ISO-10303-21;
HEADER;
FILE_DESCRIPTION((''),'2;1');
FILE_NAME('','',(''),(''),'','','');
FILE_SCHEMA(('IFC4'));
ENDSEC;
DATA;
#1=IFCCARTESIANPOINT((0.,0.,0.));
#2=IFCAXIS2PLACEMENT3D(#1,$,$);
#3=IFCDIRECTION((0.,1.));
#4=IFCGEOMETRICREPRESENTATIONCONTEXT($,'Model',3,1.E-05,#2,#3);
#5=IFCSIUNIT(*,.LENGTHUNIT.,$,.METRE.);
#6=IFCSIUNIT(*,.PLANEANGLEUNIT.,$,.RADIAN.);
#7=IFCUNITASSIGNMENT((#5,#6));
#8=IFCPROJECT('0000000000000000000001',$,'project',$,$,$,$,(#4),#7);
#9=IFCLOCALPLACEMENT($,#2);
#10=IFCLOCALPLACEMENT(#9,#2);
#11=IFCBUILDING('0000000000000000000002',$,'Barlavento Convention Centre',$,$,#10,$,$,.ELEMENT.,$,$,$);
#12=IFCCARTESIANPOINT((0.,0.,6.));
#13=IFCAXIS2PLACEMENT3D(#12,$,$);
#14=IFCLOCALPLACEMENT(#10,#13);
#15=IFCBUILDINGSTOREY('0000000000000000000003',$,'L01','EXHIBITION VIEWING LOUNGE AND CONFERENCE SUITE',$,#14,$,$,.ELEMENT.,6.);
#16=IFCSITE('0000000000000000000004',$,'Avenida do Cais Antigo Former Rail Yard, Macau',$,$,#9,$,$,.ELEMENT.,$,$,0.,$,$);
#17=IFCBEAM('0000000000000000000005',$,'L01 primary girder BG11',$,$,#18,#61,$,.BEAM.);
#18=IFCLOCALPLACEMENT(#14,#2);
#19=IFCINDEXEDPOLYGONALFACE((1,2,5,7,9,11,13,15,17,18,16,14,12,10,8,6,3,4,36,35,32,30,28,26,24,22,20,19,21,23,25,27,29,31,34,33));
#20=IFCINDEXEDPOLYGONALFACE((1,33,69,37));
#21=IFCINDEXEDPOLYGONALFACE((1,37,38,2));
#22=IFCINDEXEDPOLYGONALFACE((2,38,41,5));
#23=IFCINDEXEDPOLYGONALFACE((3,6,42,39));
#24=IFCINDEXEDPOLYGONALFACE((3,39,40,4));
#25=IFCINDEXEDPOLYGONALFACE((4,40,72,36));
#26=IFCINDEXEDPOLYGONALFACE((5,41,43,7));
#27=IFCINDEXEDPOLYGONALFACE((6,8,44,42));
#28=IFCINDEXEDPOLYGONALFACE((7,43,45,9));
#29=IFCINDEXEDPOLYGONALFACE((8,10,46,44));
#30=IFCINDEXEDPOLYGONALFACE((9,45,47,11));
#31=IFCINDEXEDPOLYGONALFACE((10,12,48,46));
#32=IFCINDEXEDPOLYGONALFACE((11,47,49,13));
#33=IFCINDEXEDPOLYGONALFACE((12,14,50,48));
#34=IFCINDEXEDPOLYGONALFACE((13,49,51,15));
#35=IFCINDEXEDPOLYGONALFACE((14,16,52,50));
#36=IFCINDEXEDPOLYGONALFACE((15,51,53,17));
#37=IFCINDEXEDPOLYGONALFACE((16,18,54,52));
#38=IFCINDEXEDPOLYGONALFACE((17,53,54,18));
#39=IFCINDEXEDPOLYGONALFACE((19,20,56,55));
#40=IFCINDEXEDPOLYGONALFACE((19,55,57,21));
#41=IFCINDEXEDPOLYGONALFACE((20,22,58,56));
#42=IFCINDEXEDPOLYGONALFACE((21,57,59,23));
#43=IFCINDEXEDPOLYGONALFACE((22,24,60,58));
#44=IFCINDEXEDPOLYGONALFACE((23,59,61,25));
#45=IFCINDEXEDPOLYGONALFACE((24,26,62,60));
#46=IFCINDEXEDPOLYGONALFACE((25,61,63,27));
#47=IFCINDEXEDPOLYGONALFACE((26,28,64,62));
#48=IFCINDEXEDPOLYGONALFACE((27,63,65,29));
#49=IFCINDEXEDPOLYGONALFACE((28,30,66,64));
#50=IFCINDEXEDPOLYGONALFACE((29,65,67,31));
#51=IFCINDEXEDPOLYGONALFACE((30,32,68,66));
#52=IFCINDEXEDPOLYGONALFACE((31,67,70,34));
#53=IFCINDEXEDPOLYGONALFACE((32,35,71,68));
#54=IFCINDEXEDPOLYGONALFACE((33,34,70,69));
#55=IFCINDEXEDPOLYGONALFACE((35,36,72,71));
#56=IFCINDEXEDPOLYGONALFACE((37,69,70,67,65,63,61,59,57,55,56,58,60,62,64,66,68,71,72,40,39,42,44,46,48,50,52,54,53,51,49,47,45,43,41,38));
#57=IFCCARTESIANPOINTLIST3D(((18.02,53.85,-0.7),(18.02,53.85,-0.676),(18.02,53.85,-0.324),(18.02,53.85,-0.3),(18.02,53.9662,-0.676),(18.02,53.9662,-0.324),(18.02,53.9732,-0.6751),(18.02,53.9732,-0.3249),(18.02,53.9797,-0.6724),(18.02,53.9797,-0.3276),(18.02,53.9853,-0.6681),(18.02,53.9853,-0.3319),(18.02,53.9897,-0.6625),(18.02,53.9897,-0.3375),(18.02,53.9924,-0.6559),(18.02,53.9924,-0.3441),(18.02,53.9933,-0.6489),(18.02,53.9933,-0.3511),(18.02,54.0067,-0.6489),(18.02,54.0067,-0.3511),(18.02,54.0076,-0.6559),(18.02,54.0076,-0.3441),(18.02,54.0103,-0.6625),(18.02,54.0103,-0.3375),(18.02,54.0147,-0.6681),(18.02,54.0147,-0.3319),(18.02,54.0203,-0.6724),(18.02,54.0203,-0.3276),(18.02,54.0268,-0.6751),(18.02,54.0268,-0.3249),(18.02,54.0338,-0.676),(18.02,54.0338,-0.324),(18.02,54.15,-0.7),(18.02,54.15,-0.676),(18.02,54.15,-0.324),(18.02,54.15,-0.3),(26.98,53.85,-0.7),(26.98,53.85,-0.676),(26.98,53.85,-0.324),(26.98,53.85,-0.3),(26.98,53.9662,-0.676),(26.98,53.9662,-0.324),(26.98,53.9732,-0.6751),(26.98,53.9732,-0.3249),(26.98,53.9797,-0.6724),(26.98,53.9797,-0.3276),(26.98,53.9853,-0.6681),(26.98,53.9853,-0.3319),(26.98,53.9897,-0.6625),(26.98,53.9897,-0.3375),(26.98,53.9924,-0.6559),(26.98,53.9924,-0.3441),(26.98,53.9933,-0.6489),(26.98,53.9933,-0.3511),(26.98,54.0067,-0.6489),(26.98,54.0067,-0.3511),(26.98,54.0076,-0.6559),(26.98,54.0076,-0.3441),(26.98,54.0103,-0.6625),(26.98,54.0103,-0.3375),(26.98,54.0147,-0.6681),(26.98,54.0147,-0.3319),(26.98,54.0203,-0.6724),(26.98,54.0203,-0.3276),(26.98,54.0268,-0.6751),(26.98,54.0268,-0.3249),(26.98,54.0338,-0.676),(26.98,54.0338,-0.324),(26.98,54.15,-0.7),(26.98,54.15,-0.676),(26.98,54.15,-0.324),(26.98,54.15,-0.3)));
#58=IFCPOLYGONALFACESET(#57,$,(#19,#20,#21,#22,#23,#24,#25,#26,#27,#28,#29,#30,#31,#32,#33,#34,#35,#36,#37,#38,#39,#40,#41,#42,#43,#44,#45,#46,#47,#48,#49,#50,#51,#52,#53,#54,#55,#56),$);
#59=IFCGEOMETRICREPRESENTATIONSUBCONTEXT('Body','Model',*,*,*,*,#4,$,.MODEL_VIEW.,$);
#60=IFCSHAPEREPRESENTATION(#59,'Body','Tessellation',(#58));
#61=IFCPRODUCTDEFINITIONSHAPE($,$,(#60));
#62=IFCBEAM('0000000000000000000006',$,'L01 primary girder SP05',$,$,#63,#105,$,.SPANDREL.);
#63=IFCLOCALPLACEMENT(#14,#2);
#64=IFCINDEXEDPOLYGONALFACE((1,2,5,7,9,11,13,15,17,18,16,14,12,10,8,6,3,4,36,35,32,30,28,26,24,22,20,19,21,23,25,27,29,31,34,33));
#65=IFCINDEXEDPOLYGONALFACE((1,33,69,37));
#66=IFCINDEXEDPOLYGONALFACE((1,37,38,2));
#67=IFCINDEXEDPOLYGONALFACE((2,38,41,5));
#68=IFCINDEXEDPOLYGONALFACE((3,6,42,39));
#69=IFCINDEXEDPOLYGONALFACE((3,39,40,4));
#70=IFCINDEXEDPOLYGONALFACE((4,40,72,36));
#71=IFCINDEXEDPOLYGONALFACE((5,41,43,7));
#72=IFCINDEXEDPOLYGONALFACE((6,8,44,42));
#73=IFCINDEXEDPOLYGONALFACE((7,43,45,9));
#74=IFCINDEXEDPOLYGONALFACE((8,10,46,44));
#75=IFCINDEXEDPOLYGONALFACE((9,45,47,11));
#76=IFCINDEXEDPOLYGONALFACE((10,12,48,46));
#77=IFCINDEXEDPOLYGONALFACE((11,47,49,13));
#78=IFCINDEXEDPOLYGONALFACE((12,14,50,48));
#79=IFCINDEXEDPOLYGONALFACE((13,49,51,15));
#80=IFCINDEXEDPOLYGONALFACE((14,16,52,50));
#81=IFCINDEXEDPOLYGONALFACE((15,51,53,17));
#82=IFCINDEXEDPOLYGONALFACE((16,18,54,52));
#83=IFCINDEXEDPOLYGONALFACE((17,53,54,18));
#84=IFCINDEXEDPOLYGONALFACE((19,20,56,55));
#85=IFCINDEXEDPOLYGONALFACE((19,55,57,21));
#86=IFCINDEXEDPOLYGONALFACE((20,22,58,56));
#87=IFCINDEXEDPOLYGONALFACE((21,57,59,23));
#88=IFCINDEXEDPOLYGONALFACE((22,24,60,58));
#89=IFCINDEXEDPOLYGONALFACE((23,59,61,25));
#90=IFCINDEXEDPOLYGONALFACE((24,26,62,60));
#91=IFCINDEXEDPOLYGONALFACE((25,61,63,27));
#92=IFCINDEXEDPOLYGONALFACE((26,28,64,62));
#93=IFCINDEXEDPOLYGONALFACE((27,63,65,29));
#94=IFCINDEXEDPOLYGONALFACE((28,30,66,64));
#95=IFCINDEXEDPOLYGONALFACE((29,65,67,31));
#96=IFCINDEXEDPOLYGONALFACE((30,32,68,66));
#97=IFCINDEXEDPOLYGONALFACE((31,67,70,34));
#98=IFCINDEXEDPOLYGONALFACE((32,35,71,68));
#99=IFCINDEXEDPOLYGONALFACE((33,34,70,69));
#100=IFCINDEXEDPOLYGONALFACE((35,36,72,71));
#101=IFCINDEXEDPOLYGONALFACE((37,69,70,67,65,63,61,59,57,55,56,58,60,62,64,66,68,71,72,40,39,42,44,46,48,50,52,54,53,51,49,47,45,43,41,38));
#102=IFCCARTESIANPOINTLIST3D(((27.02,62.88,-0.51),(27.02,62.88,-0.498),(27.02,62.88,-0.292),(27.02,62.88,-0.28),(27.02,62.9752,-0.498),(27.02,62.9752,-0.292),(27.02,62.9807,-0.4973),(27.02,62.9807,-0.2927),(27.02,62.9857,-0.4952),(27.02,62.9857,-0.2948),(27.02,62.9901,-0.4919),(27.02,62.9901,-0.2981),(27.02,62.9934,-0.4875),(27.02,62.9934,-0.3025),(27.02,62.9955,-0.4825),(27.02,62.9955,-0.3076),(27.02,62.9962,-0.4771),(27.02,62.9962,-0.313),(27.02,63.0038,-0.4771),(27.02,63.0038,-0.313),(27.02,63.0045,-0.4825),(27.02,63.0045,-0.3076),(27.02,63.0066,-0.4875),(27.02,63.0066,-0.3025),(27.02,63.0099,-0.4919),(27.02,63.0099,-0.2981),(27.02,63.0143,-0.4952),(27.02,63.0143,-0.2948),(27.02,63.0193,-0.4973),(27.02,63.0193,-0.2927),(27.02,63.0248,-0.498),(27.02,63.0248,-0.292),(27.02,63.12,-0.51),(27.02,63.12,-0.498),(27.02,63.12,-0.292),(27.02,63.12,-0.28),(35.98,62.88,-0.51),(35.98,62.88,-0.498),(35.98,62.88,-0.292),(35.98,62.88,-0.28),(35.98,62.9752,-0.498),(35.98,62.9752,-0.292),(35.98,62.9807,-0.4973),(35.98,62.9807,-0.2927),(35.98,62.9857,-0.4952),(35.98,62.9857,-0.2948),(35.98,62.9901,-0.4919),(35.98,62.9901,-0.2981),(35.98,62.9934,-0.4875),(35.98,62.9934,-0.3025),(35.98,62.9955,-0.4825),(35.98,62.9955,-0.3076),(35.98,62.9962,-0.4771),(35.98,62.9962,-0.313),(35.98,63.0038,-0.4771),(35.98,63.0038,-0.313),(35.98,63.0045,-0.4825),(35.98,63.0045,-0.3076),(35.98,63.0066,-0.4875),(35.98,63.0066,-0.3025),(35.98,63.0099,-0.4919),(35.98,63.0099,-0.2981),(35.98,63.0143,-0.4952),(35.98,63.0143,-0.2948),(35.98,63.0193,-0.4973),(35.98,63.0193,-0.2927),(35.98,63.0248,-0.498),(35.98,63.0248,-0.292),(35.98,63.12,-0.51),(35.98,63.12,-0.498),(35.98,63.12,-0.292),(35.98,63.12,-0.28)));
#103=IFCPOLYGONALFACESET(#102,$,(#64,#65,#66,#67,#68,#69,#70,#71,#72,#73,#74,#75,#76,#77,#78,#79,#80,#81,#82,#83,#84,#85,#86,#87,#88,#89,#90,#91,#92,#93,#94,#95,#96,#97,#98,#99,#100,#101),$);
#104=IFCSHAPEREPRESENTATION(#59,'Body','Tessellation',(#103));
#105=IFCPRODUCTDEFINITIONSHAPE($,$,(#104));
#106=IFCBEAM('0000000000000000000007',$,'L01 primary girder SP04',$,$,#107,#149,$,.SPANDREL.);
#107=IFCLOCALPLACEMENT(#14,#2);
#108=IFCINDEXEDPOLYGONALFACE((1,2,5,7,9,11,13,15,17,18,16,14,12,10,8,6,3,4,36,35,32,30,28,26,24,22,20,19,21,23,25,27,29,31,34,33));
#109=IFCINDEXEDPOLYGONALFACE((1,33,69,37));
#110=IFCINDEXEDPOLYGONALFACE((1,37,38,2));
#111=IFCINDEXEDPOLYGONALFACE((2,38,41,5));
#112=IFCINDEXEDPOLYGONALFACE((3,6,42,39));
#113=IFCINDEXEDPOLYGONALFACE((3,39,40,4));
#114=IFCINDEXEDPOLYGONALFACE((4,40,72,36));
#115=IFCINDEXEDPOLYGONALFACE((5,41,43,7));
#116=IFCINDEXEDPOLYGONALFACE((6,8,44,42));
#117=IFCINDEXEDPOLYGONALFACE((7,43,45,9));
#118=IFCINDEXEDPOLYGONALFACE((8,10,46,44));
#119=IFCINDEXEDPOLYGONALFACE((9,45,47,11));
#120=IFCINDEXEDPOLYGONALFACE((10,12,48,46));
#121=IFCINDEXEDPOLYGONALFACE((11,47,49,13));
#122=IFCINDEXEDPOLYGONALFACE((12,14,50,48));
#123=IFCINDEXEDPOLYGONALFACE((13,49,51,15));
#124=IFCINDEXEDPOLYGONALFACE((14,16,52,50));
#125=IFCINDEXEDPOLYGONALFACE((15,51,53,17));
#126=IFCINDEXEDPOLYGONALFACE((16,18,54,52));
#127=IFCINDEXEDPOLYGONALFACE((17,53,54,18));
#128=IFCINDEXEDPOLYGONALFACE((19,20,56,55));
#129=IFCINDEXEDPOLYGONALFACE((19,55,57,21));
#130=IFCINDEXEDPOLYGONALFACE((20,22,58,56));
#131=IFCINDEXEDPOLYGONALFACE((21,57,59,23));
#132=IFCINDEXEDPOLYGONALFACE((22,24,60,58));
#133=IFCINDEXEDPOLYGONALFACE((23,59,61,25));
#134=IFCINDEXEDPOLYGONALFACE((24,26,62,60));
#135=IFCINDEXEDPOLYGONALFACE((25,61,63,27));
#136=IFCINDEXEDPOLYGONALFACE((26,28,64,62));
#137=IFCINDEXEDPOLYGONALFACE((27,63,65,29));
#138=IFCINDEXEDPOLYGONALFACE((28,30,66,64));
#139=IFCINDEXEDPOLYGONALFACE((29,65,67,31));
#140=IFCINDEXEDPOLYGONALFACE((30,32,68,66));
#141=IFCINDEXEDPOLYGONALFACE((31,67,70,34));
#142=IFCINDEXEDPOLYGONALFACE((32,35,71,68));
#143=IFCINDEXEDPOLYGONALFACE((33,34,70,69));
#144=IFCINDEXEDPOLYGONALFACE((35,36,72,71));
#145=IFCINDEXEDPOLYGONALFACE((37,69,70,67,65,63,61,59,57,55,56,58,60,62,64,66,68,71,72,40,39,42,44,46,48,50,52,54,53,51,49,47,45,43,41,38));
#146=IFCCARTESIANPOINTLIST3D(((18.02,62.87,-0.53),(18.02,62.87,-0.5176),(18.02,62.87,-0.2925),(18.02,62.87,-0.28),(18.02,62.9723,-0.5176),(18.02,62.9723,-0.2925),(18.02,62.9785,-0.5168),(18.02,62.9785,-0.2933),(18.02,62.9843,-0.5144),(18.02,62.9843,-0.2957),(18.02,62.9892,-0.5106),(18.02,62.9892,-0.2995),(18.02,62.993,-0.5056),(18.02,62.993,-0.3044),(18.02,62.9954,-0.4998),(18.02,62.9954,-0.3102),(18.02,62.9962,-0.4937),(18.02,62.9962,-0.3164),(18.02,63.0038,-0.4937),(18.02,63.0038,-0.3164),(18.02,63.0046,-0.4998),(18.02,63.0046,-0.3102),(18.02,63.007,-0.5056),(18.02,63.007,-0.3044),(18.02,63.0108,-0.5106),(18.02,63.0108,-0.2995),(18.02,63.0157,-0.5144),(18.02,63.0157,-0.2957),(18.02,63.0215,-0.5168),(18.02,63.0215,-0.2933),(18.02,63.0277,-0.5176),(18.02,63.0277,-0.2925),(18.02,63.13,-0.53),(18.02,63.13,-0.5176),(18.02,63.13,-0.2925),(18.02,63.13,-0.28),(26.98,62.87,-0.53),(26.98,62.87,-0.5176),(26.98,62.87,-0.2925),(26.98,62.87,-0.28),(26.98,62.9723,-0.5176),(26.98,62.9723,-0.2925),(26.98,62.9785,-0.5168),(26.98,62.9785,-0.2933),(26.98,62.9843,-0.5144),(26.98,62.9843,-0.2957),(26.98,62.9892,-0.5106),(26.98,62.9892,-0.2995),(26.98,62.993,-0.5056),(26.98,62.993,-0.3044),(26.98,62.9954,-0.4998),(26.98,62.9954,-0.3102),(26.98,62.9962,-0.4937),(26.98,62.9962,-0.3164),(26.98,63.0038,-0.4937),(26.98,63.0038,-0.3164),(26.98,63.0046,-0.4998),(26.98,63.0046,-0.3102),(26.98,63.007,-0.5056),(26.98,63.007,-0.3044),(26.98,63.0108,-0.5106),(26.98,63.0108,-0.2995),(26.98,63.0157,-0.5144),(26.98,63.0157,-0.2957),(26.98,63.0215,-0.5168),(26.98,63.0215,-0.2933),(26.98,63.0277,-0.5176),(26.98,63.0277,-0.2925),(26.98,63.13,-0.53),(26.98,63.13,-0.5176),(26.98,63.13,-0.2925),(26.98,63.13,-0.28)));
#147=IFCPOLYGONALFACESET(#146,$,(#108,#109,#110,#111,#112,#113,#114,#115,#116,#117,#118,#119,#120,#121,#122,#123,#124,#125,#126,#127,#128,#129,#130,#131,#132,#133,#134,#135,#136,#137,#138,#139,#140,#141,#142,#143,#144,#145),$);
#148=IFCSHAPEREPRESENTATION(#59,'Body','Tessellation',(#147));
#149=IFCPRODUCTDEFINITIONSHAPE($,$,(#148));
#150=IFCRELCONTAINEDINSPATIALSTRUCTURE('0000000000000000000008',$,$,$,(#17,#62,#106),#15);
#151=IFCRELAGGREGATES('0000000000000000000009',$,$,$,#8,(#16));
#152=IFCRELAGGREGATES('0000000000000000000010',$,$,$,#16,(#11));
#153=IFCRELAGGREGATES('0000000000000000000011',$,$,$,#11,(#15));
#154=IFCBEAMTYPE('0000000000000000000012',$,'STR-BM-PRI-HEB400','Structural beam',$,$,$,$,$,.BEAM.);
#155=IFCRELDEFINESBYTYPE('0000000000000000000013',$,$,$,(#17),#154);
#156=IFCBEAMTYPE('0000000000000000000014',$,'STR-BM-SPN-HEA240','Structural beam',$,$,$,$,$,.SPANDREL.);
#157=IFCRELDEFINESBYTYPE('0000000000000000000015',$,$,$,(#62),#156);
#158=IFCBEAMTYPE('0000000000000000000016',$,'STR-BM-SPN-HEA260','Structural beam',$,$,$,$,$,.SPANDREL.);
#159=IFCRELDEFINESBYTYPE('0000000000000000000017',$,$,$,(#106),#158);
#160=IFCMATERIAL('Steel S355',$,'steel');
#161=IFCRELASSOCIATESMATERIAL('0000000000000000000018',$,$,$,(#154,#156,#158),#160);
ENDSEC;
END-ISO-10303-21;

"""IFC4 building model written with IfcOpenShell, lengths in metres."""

from ifc_helpers import new_model, si_unit, direction, frame, origin, origin_2d, place, context, subcontext, project, spatial, i_section, extrude, material, material_profile, profile_set, type_object, element, save


model = new_model("IFC4")

# Units and contexts
model_context = context("Model", 3, precision=1e-05, world=origin(), true_north=direction((0.0, 1.0)))
body_context = subcontext(model_context, "Body", "Model", "MODEL_VIEW")
ifc_project = project(units=[si_unit("LENGTHUNIT", "METRE"), si_unit("PLANEANGLEUNIT", "RADIAN")], contexts=[model_context])

# Site, building, storey
site_placement = place(None, origin())
site = spatial("IfcSite", under=ifc_project, at=site_placement, Name="Avenida do Cais Antigo Former Rail Yard, Macau", CompositionType="ELEMENT", RefElevation=0.0)
building_placement = place(site_placement, origin())
building = spatial("IfcBuilding", under=site, at=building_placement, Name="Barlavento Convention Centre", CompositionType="ELEMENT")
storey_placement = place(building_placement, frame((0.0, 0.0, 6.0)))
storey = spatial("IfcBuildingStorey", under=building, at=storey_placement, Name="L01", Description="EXHIBITION VIEWING LOUNGE AND CONFERENCE SUITE", CompositionType="ELEMENT", Elevation=6.0)

# Shared definitions
ifc_material_1 = material(Name="Steel S355", Category="steel")

# Beams
ifc_material_profile_1 = material_profile(ifc_material_1, i_section(OverallWidth=0.3, OverallDepth=0.3999, WebThickness=0.0134, FlangeThickness=0.0239, FilletRadius=0.0271, at=origin_2d()), Name="HEB 400")
ifc_profile_set_1 = profile_set([ifc_material_profile_1], Name="Steel S355")
beam_type_1 = type_object("IfcBeamType", Name="STR-BM-PRI-HEB400", Description="Structural beam", PredefinedType="BEAM", material=ifc_profile_set_1)
beam_1_placement = place(storey_placement, frame((18.02, 54.0, -0.5), z_axis=(1.0, 0.0, 0.0), x_axis=(0.0, 1.0, 0.0)))
element("IfcBeam", 1, at=beam_1_placement, inside=storey, type_object=beam_type_1, Name="L01 primary girder BG11", PredefinedType="BEAM", context=body_context, shape_type="SweptSolid", body=[
    extrude(i_section(OverallWidth=0.3, OverallDepth=0.3999, WebThickness=0.0134, FlangeThickness=0.0239, FilletRadius=0.0271, at=origin_2d()), origin(), (0.0, 0.0, 1.0), 8.96),
])
ifc_material_profile_2 = material_profile(ifc_material_1, i_section(OverallWidth=0.24, OverallDepth=0.23, WebThickness=0.0076, FlangeThickness=0.012, FilletRadius=0.021, at=origin_2d()), Name="HEA 240")
ifc_profile_set_2 = profile_set([ifc_material_profile_2], Name="Steel S355")
beam_type_2 = type_object("IfcBeamType", Name="STR-BM-SPN-HEA240", Description="Structural beam", PredefinedType="SPANDREL", material=ifc_profile_set_2)
beam_2_placement = place(storey_placement, frame((27.02, 63.0, -0.395), z_axis=(1.0, 0.0, 0.0), x_axis=(0.0, 1.0, 0.0)))
element("IfcBeam", 2, at=beam_2_placement, inside=storey, type_object=beam_type_2, Name="L01 primary girder SP05", PredefinedType="SPANDREL", context=body_context, shape_type="SweptSolid", body=[
    extrude(i_section(OverallWidth=0.24, OverallDepth=0.23, WebThickness=0.0076, FlangeThickness=0.012, FilletRadius=0.021, at=origin_2d()), origin(), (0.0, 0.0, 1.0), 8.96),
])
ifc_material_profile_3 = material_profile(ifc_material_1, i_section(OverallWidth=0.26, OverallDepth=0.25, WebThickness=0.0076, FlangeThickness=0.0125, FilletRadius=0.0239, at=origin_2d()), Name="HEA 260")
ifc_profile_set_3 = profile_set([ifc_material_profile_3], Name="Steel S355")
beam_type_3 = type_object("IfcBeamType", Name="STR-BM-SPN-HEA260", Description="Structural beam", PredefinedType="SPANDREL", material=ifc_profile_set_3)
beam_3_placement = place(storey_placement, frame((18.02, 63.0, -0.405), z_axis=(1.0, 0.0, 0.0), x_axis=(0.0, 1.0, 0.0)))
element("IfcBeam", 3, at=beam_3_placement, inside=storey, type_object=beam_type_3, Name="L01 primary girder SP04", PredefinedType="SPANDREL", context=body_context, shape_type="SweptSolid", body=[
    extrude(i_section(OverallWidth=0.26, OverallDepth=0.25, WebThickness=0.0076, FlangeThickness=0.0125, FilletRadius=0.0239, at=origin_2d()), origin(), (0.0, 0.0, 1.0), 8.96),
])

save(model, "model.ifc")
